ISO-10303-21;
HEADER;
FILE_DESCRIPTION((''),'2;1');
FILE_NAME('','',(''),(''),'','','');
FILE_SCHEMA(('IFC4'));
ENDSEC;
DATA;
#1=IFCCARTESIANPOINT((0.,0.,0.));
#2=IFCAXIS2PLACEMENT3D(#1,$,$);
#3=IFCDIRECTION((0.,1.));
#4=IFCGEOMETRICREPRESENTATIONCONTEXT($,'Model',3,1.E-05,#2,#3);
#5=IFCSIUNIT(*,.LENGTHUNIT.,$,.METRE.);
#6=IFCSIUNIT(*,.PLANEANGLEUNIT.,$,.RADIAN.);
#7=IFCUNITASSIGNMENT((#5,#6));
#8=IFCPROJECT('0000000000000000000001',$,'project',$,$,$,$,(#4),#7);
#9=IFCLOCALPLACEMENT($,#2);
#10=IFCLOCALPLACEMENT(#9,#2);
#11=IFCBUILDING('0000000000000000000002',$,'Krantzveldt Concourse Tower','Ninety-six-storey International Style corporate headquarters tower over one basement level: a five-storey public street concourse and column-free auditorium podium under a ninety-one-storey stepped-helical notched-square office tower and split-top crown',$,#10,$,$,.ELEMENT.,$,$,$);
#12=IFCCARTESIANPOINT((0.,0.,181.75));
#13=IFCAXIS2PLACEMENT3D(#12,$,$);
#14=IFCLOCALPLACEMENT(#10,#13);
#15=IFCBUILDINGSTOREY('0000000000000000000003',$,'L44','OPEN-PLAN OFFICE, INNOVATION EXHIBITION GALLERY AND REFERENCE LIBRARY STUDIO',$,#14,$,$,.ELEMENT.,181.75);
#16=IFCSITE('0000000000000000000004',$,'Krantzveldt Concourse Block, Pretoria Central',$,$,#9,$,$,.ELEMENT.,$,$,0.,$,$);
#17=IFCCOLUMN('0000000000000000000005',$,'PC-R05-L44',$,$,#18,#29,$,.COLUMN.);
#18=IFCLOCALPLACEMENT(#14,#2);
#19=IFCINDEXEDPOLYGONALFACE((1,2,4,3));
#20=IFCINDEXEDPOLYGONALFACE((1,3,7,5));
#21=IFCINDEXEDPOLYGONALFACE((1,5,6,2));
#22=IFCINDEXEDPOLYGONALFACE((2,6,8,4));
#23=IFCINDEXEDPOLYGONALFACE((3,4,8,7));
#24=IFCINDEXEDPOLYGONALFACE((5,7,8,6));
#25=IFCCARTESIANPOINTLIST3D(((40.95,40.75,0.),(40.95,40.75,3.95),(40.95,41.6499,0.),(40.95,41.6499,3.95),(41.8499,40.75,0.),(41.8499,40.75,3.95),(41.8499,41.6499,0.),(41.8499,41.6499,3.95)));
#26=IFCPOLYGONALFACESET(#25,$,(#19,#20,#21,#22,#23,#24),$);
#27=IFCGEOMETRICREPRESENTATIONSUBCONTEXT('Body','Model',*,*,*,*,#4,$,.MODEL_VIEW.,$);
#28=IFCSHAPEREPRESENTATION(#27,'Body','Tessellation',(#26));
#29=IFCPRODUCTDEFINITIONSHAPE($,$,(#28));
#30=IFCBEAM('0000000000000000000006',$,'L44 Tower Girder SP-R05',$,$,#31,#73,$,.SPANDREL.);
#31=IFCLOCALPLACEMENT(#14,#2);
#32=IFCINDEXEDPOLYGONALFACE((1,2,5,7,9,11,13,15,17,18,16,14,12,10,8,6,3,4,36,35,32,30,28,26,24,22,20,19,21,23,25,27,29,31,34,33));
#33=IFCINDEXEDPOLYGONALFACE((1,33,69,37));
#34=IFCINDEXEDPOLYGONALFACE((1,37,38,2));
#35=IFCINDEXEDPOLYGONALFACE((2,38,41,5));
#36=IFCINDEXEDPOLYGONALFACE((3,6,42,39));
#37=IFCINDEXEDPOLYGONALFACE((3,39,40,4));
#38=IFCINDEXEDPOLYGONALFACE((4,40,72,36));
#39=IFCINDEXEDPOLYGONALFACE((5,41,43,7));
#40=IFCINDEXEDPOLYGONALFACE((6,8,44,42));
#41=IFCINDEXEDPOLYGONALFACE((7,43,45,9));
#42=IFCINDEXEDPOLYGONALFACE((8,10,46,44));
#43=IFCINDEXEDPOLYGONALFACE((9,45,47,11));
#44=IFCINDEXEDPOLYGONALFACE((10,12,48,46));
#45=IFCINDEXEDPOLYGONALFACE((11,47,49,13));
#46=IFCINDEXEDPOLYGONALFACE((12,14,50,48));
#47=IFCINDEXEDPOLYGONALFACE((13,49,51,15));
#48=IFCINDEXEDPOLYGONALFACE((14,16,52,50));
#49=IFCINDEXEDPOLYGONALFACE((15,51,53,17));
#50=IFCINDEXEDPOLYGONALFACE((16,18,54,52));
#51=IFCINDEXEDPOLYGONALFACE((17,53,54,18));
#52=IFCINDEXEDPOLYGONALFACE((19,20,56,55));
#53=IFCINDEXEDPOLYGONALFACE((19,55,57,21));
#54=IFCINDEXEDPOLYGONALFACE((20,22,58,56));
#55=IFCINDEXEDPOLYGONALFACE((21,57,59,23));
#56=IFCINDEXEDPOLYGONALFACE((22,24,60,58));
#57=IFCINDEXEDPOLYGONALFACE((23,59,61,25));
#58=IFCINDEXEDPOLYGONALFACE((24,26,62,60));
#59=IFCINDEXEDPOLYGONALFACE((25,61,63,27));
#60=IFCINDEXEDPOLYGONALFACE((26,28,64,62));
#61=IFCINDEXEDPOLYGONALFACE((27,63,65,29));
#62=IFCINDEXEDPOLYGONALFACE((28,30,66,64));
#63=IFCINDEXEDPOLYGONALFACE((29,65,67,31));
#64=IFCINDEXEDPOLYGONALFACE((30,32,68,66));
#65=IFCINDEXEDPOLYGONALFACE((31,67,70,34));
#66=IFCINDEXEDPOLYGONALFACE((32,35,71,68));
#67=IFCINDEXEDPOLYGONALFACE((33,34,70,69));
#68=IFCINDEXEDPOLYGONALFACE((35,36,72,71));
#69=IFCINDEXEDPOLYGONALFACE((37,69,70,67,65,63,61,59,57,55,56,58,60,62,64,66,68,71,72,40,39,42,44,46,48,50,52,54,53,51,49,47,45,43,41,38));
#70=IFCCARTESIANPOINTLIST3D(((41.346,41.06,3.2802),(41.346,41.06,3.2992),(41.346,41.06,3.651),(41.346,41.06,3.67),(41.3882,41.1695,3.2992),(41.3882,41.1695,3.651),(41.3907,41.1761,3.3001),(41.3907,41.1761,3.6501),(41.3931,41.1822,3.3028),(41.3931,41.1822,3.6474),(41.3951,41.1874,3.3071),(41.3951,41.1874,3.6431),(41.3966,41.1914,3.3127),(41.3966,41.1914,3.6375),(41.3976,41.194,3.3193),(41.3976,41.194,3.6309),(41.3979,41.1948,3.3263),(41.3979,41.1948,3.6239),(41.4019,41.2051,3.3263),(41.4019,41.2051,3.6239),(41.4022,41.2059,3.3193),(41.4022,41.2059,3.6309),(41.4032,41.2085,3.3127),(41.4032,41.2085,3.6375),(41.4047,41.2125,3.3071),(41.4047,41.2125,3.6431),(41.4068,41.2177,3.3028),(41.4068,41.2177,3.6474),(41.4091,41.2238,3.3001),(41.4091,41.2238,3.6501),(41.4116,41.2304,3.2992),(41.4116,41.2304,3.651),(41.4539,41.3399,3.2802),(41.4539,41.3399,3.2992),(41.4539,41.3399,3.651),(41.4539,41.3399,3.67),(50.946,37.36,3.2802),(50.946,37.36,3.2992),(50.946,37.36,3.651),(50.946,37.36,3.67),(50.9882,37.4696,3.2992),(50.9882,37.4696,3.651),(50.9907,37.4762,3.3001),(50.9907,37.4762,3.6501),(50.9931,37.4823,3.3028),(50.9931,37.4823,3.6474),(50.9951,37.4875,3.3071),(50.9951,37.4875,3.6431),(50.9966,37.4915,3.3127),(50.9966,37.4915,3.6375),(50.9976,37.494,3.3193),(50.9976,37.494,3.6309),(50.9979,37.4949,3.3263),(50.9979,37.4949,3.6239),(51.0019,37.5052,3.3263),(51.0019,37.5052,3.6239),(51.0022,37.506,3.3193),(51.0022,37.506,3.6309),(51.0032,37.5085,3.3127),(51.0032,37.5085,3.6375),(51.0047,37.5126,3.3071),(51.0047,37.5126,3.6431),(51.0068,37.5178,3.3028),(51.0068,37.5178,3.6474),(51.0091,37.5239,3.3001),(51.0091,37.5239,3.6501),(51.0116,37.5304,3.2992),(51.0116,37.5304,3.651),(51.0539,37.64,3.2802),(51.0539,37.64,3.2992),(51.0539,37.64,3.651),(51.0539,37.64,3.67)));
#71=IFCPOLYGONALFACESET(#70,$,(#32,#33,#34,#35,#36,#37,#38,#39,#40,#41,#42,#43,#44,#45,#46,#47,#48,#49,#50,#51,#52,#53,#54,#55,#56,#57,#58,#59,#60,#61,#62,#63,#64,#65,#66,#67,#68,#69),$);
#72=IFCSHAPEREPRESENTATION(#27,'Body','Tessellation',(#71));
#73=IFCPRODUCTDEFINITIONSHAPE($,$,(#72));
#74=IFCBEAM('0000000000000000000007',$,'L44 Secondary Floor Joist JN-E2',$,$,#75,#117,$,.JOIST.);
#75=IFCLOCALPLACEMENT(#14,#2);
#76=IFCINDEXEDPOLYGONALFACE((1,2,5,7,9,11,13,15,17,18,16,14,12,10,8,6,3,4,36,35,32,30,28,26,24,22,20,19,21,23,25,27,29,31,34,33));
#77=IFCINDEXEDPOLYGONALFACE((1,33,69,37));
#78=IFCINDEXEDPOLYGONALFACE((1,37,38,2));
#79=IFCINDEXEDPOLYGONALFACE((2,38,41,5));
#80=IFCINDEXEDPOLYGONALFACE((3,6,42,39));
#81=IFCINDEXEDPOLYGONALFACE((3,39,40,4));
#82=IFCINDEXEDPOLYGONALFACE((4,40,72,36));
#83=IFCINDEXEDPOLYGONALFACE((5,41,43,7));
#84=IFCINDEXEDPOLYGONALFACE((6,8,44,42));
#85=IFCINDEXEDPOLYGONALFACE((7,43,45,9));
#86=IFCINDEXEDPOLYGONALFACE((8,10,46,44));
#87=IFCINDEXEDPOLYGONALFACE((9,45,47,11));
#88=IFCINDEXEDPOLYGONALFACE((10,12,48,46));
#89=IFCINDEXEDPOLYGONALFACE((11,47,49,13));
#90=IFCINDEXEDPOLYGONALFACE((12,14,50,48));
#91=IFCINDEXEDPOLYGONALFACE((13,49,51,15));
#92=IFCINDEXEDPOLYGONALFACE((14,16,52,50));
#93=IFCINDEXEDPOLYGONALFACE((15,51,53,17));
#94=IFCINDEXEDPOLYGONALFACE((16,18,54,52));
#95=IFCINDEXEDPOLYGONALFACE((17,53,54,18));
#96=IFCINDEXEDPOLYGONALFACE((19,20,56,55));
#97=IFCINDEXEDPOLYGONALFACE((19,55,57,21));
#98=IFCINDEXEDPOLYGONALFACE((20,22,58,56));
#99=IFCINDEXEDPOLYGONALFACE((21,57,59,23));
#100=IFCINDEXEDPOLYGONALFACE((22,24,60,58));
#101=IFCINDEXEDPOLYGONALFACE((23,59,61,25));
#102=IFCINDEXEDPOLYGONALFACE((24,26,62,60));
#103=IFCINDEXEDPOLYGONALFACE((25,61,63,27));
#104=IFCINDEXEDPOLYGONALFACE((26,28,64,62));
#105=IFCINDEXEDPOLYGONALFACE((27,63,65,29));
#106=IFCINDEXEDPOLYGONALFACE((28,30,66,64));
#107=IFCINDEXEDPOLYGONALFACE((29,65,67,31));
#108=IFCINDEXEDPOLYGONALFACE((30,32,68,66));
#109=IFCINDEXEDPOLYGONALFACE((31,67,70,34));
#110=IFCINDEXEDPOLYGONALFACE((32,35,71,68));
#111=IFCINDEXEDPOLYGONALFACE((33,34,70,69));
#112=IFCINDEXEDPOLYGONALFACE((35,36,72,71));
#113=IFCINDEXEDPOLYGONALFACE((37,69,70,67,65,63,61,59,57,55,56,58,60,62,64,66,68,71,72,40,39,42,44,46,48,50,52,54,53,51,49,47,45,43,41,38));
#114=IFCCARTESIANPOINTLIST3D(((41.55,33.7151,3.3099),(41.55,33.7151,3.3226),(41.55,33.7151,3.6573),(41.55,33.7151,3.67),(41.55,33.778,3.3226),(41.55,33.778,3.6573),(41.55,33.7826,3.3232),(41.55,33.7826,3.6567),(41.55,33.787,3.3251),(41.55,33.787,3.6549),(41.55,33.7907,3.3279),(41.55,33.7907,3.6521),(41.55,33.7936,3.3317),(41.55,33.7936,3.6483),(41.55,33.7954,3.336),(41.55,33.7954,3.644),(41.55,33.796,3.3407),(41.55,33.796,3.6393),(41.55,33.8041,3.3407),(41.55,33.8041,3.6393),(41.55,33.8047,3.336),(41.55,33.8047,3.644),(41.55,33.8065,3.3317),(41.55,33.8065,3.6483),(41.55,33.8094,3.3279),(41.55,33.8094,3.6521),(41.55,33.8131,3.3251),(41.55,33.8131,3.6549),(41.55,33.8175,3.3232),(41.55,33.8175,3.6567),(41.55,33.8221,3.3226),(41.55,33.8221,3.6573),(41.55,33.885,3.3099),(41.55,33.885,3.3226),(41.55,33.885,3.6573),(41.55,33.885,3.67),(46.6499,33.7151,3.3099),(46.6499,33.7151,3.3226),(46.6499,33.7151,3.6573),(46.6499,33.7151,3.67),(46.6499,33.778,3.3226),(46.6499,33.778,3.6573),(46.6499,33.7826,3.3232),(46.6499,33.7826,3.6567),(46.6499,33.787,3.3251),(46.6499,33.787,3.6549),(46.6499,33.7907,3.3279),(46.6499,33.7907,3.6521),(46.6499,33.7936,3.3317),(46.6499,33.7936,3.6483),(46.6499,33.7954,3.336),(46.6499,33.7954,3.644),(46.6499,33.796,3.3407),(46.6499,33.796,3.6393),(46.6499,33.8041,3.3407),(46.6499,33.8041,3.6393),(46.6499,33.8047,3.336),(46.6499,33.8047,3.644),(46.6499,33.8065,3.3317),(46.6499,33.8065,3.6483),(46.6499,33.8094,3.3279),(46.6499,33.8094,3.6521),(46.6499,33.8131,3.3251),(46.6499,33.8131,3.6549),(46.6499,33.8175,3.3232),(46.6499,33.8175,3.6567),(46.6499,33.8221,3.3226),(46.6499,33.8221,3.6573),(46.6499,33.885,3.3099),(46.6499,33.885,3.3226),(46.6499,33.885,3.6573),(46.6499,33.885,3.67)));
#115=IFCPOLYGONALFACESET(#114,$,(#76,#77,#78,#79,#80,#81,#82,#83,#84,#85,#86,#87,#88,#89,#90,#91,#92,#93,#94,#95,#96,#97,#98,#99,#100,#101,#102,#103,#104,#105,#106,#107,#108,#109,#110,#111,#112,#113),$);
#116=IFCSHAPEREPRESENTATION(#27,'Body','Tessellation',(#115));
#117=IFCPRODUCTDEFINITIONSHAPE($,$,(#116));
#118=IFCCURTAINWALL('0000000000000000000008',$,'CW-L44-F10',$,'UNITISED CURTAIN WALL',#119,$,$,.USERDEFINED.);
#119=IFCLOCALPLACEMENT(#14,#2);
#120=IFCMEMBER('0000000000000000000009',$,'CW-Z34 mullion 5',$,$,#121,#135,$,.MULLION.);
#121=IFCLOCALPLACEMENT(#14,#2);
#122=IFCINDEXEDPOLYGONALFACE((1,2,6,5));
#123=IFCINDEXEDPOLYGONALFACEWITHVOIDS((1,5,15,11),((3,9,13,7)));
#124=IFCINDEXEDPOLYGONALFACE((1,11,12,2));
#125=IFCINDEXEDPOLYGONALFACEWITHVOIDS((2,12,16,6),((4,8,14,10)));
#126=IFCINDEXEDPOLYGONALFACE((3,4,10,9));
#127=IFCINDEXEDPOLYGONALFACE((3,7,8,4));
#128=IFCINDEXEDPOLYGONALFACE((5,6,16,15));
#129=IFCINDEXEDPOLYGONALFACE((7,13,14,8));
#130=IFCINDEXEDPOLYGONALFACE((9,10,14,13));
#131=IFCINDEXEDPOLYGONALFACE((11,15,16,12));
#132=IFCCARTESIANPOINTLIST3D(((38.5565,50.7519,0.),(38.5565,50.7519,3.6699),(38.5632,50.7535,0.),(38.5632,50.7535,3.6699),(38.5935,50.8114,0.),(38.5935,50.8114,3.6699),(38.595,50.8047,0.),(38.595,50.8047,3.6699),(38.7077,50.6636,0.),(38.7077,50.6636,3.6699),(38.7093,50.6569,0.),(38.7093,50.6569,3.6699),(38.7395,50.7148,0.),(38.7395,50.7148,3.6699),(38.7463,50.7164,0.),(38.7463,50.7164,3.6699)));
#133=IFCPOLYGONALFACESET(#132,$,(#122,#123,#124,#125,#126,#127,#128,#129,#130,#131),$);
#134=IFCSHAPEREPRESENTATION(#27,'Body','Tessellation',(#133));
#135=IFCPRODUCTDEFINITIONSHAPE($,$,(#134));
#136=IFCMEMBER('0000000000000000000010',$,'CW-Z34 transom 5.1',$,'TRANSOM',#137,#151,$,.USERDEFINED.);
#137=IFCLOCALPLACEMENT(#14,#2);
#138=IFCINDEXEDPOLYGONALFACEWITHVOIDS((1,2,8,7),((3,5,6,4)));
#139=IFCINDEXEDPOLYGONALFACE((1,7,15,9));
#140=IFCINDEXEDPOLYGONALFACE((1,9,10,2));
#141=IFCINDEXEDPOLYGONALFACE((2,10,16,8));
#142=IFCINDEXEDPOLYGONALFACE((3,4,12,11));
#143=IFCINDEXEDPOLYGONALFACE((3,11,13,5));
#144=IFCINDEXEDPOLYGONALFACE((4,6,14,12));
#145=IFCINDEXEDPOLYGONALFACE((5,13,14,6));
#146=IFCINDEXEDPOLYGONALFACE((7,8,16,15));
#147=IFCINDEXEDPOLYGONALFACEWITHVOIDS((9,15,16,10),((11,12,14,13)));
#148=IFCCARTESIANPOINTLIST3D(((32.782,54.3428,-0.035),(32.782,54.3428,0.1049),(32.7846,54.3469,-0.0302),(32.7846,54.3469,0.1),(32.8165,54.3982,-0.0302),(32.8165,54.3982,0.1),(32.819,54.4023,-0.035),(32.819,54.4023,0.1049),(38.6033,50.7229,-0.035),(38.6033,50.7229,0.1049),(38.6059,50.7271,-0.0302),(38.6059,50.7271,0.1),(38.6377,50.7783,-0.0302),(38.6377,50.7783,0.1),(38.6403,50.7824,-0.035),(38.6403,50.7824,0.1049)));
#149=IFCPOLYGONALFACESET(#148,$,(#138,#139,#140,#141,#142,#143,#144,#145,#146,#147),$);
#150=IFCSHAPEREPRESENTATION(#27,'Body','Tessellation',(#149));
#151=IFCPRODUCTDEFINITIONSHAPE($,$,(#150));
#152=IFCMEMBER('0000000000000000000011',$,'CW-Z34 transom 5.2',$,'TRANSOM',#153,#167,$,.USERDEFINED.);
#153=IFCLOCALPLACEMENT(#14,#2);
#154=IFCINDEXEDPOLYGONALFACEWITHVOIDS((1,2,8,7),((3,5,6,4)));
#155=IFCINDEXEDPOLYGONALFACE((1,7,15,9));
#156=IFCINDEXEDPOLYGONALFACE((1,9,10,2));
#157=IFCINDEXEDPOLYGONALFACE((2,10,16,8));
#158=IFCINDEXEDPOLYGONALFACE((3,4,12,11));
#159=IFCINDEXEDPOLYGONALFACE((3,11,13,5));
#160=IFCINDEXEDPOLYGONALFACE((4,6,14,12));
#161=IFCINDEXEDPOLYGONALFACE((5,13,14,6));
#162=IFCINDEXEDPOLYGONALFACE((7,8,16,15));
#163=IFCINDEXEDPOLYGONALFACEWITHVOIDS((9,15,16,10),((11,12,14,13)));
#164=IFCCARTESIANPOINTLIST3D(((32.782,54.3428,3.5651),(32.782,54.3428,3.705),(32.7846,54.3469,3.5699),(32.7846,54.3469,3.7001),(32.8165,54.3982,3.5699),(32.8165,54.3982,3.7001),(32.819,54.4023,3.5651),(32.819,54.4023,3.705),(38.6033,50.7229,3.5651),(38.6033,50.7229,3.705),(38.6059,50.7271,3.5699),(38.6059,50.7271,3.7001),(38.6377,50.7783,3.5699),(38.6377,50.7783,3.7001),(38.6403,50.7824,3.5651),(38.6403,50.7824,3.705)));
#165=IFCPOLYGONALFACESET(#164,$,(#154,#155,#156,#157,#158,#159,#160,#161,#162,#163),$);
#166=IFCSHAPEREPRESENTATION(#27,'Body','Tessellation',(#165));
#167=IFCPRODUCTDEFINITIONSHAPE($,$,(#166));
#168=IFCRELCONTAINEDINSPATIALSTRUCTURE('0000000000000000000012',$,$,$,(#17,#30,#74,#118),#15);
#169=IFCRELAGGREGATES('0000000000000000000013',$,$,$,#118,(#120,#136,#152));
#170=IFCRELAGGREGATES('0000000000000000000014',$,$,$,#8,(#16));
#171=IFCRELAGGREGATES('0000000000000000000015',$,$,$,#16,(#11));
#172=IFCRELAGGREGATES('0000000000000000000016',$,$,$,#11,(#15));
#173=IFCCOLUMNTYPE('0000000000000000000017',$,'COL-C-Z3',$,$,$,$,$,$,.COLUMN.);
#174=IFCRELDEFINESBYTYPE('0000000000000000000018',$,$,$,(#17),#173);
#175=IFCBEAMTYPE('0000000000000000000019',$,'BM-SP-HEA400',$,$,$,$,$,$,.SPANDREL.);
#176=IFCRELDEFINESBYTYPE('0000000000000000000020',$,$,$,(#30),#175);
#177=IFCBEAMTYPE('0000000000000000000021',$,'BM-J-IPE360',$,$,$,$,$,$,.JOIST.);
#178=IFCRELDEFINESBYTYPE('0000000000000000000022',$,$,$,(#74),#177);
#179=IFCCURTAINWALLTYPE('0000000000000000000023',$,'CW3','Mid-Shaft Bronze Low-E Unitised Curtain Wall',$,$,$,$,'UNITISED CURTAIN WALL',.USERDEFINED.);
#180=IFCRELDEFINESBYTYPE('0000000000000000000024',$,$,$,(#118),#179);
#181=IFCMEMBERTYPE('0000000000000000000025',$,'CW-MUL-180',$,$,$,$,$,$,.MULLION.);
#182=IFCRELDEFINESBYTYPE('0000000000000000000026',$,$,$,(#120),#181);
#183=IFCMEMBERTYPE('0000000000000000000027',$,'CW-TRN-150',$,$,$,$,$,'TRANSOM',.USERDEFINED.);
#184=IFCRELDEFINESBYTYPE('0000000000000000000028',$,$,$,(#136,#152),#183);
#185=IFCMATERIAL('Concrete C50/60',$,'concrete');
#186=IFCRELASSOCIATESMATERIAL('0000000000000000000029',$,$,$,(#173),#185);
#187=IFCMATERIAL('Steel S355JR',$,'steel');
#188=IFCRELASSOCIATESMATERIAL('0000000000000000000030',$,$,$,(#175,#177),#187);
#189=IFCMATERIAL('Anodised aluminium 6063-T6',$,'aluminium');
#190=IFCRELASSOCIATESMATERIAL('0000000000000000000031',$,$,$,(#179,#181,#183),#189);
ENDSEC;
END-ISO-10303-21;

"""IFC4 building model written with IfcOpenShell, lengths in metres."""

from ifc_helpers import new_model, si_unit, direction, frame, origin, origin_2d, place, context, subcontext, project, spatial, rectangle, hollow_rectangle, i_section, extrude, source, transform, mapped, material, material_profile, profile_set, type_object, type_shapes, element, aggregate, save


model = new_model("IFC4")

# Units and contexts
model_context = context("Model", 3, precision=1e-05, world=origin(), true_north=direction((0.0, 1.0)))
body_context = subcontext(model_context, "Body", "Model", "MODEL_VIEW")
ifc_project = project(units=[si_unit("LENGTHUNIT", "METRE"), si_unit("PLANEANGLEUNIT", "RADIAN")], contexts=[model_context])

# Site, building, storey
site_placement = place(None, origin())
site = spatial("IfcSite", under=ifc_project, at=site_placement, Name="Krantzveldt Concourse Block, Pretoria Central", CompositionType="ELEMENT", RefElevation=0.0)
building_placement = place(site_placement, origin())
building = spatial("IfcBuilding", under=site, at=building_placement, Name="Krantzveldt Concourse Tower", Description="Ninety-six-storey International Style corporate headquarters tower over one basement level: a five-storey public street concourse and column-free auditorium podium under a ninety-one-storey stepped-helical notched-square office tower and split-top crown", CompositionType="ELEMENT")
storey_placement = place(building_placement, frame((0.0, 0.0, 181.75)))
storey = spatial("IfcBuildingStorey", under=building, at=storey_placement, Name="L44", Description="OPEN-PLAN OFFICE, INNOVATION EXHIBITION GALLERY AND REFERENCE LIBRARY STUDIO", CompositionType="ELEMENT", Elevation=181.75)

# Column
ifc_material_1 = material(Name="Concrete C50/60", Category="concrete")
ifc_material_profile_1 = material_profile(ifc_material_1, rectangle(XDim=0.8999, YDim=0.8999, at=origin_2d()), Name="Concrete C50/60", Category="concrete")
ifc_profile_set_1 = profile_set([ifc_material_profile_1], Name="Concrete C50/60 - RC 900x900")
column_type = type_object("IfcColumnType", Name="COL-C-Z3", PredefinedType="COLUMN", material=ifc_profile_set_1)
shared_shape_1 = source(origin(), body_context, "Body", "SweptSolid", [
    extrude(rectangle(XDim=0.8999, YDim=0.8999, at=origin_2d()), origin(), (0.0, 0.0, 1.0), 3.95),
])
type_shapes(column_type, [shared_shape_1])
column_placement = place(storey_placement, frame((41.3999, 41.2, 0.0), z_axis=(0.0, 0.0, 1.0), x_axis=(1.0, 0.0, 0.0)))
element("IfcColumn", 1, at=column_placement, inside=storey, type_object=column_type, Name="PC-R05-L44", PredefinedType="COLUMN", context=body_context, shape_type="MappedRepresentation", body=[
    mapped(shared_shape_1, transform((0.0, 0.0, 0.0), x_axis=(1.0, 0.0, 0.0), y_axis=(0.0, 1.0, 0.0), z_axis=(0.0, 0.0, 1.0), scale=1.0)),
])

# Beams
ifc_material_2 = material(Name="Steel S355JR", Category="steel")
ifc_material_profile_2 = material_profile(ifc_material_2, i_section(OverallWidth=0.3, OverallDepth=0.3899, WebThickness=0.011, FlangeThickness=0.019, FilletRadius=0.0271, at=origin_2d()), Name="Steel S355JR", Category="steel")
ifc_profile_set_2 = profile_set([ifc_material_profile_2], Name="Steel S355JR - HEA 400")
beam_type_1 = type_object("IfcBeamType", Name="BM-SP-HEA400", PredefinedType="SPANDREL", material=ifc_profile_set_2)
shared_shape_2 = source(origin(), body_context, "Body", "SweptSolid", [
    extrude(i_section(OverallWidth=0.3, OverallDepth=0.3899, WebThickness=0.011, FlangeThickness=0.019, FilletRadius=0.0271, at=origin_2d()), origin(), (0.0, 0.0, 1.0), 10.2883),
])
type_shapes(beam_type_1, [shared_shape_2])
beam_1_placement = place(storey_placement, frame((41.3999, 41.2, 3.4751), z_axis=(0.933098, -0.359623, 0.0), x_axis=(0.359623, 0.933098, 0.0)))
element("IfcBeam", 2, at=beam_1_placement, inside=storey, type_object=beam_type_1, Name="L44 Tower Girder SP-R05", PredefinedType="SPANDREL", context=body_context, shape_type="MappedRepresentation", body=[
    mapped(shared_shape_2, transform((0.0, 0.0, 0.0), x_axis=(1.0, 0.0, 0.0), y_axis=(0.0, 1.0, 0.0), z_axis=(0.0, 0.0, 1.0), scale=1.0)),
])
ifc_material_profile_3 = material_profile(ifc_material_2, i_section(OverallWidth=0.1699, OverallDepth=0.3601, WebThickness=0.0081, FlangeThickness=0.0127, FilletRadius=0.0181, at=origin_2d()), Name="Steel S355JR", Category="steel")
ifc_profile_set_3 = profile_set([ifc_material_profile_3], Name="Steel S355JR - IPE 360")
beam_type_2 = type_object("IfcBeamType", Name="BM-J-IPE360", PredefinedType="JOIST", material=ifc_profile_set_3)
shared_shape_3 = source(origin(), body_context, "Body", "SweptSolid", [
    extrude(i_section(OverallWidth=0.1699, OverallDepth=0.3601, WebThickness=0.0081, FlangeThickness=0.0127, FilletRadius=0.0181, at=origin_2d()), origin(), (0.0, 0.0, 1.0), 5.0999),
])
type_shapes(beam_type_2, [shared_shape_3])
beam_2_placement = place(storey_placement, frame((41.55, 33.8, 3.49), z_axis=(1.0, 0.0, 0.0), x_axis=(0.0, 1.0, 0.0)))
element("IfcBeam", 3, at=beam_2_placement, inside=storey, type_object=beam_type_2, Name="L44 Secondary Floor Joist JN-E2", PredefinedType="JOIST", context=body_context, shape_type="MappedRepresentation", body=[
    mapped(shared_shape_3, transform((0.0, 0.0, 0.0), x_axis=(1.0, 0.0, 0.0), y_axis=(0.0, 1.0, 0.0), z_axis=(0.0, 0.0, 1.0), scale=1.0)),
])

# Curtain wall, members
ifc_material_3 = material(Name="Anodised aluminium 6063-T6", Category="aluminium")
curtain_wall_type = type_object("IfcCurtainWallType", Name="CW3", Description="Mid-Shaft Bronze Low-E Unitised Curtain Wall", ElementType="UNITISED CURTAIN WALL", PredefinedType="USERDEFINED", material=ifc_material_3)
curtain_wall_placement = place(storey_placement, origin())
curtain_wall = element("IfcCurtainWall", 4, at=curtain_wall_placement, inside=storey, type_object=curtain_wall_type, Name="CW-L44-F10", ObjectType="UNITISED CURTAIN WALL", PredefinedType="USERDEFINED")
ifc_material_profile_4 = material_profile(ifc_material_3, hollow_rectangle(XDim=0.0701, YDim=0.1799, WallThickness=0.0049, at=origin_2d()), Name="Anodised aluminium 6063-T6", Category="aluminium")
ifc_profile_set_4 = profile_set([ifc_material_profile_4], Name="Anodised aluminium 6063-T6 - ALU-MULL 180x70x5")
member_type_1 = type_object("IfcMemberType", Name="CW-MUL-180", PredefinedType="MULLION", material=ifc_profile_set_4)
shared_shape_4 = source(origin(), body_context, "Body", "SweptSolid", [
    extrude(hollow_rectangle(XDim=0.0701, YDim=0.1799, WallThickness=0.0049, at=origin_2d()), origin(), (0.0, 0.0, 1.0), 3.6699),
])
type_shapes(member_type_1, [shared_shape_4])
member_1_placement = place(storey_placement, frame((38.6514, 50.7341, 0.0), z_axis=(0.0, 0.0, 1.0), x_axis=(-0.528068, -0.849202, 0.0)))
member_1 = element("IfcMember", 5, at=member_1_placement, type_object=member_type_1, Name="CW-Z34 mullion 5", PredefinedType="MULLION", context=body_context, shape_type="MappedRepresentation", body=[
    mapped(shared_shape_4, transform((0.0, 0.0, 0.0), x_axis=(1.0, 0.0, 0.0), y_axis=(0.0, 1.0, 0.0), z_axis=(0.0, 0.0, 1.0), scale=1.0)),
])
ifc_material_profile_5 = material_profile(ifc_material_3, hollow_rectangle(XDim=0.0701, YDim=0.1399, WallThickness=0.0049, at=origin_2d()), Name="Anodised aluminium 6063-T6", Category="aluminium")
ifc_profile_set_5 = profile_set([ifc_material_profile_5], Name="Anodised aluminium 6063-T6 - ALU-TRAN 140x70x5")
member_type_2 = type_object("IfcMemberType", Name="CW-TRN-150", ElementType="TRANSOM", PredefinedType="USERDEFINED", material=ifc_profile_set_5)
shared_shape_5 = source(origin(), body_context, "Body", "SweptSolid", [
    extrude(hollow_rectangle(XDim=0.0701, YDim=0.1399, WallThickness=0.0049, at=origin_2d()), origin(), (0.0, 0.0, 1.0), 6.855),
])
type_shapes(member_type_2, [shared_shape_5])
member_2_placement = place(storey_placement, frame((38.6218, 50.7527, 0.0349), z_axis=(-0.849205, 0.528064, 0.0), x_axis=(-0.528064, -0.849205, 0.0)))
member_2 = element("IfcMember", 6, at=member_2_placement, type_object=member_type_2, Name="CW-Z34 transom 5.1", ObjectType="TRANSOM", PredefinedType="USERDEFINED", context=body_context, shape_type="MappedRepresentation", body=[
    mapped(shared_shape_5, transform((0.0, 0.0, 0.0), x_axis=(1.0, 0.0, 0.0), y_axis=(0.0, 1.0, 0.0), z_axis=(0.0, 0.0, 1.0), scale=1.0)),
])
member_3_placement = place(storey_placement, frame((38.6218, 50.7527, 3.635), z_axis=(-0.849205, 0.528064, 0.0), x_axis=(-0.528064, -0.849205, 0.0)))
member_3 = element("IfcMember", 7, at=member_3_placement, type_object=member_type_2, Name="CW-Z34 transom 5.2", ObjectType="TRANSOM", PredefinedType="USERDEFINED", context=body_context, shape_type="MappedRepresentation", body=[
    mapped(shared_shape_5, transform((0.0, 0.0, 0.0), x_axis=(1.0, 0.0, 0.0), y_axis=(0.0, 1.0, 0.0), z_axis=(0.0, 0.0, 1.0), scale=1.0)),
])
aggregate(curtain_wall, [member_1, member_2, member_3])

save(model, "model.ifc")
